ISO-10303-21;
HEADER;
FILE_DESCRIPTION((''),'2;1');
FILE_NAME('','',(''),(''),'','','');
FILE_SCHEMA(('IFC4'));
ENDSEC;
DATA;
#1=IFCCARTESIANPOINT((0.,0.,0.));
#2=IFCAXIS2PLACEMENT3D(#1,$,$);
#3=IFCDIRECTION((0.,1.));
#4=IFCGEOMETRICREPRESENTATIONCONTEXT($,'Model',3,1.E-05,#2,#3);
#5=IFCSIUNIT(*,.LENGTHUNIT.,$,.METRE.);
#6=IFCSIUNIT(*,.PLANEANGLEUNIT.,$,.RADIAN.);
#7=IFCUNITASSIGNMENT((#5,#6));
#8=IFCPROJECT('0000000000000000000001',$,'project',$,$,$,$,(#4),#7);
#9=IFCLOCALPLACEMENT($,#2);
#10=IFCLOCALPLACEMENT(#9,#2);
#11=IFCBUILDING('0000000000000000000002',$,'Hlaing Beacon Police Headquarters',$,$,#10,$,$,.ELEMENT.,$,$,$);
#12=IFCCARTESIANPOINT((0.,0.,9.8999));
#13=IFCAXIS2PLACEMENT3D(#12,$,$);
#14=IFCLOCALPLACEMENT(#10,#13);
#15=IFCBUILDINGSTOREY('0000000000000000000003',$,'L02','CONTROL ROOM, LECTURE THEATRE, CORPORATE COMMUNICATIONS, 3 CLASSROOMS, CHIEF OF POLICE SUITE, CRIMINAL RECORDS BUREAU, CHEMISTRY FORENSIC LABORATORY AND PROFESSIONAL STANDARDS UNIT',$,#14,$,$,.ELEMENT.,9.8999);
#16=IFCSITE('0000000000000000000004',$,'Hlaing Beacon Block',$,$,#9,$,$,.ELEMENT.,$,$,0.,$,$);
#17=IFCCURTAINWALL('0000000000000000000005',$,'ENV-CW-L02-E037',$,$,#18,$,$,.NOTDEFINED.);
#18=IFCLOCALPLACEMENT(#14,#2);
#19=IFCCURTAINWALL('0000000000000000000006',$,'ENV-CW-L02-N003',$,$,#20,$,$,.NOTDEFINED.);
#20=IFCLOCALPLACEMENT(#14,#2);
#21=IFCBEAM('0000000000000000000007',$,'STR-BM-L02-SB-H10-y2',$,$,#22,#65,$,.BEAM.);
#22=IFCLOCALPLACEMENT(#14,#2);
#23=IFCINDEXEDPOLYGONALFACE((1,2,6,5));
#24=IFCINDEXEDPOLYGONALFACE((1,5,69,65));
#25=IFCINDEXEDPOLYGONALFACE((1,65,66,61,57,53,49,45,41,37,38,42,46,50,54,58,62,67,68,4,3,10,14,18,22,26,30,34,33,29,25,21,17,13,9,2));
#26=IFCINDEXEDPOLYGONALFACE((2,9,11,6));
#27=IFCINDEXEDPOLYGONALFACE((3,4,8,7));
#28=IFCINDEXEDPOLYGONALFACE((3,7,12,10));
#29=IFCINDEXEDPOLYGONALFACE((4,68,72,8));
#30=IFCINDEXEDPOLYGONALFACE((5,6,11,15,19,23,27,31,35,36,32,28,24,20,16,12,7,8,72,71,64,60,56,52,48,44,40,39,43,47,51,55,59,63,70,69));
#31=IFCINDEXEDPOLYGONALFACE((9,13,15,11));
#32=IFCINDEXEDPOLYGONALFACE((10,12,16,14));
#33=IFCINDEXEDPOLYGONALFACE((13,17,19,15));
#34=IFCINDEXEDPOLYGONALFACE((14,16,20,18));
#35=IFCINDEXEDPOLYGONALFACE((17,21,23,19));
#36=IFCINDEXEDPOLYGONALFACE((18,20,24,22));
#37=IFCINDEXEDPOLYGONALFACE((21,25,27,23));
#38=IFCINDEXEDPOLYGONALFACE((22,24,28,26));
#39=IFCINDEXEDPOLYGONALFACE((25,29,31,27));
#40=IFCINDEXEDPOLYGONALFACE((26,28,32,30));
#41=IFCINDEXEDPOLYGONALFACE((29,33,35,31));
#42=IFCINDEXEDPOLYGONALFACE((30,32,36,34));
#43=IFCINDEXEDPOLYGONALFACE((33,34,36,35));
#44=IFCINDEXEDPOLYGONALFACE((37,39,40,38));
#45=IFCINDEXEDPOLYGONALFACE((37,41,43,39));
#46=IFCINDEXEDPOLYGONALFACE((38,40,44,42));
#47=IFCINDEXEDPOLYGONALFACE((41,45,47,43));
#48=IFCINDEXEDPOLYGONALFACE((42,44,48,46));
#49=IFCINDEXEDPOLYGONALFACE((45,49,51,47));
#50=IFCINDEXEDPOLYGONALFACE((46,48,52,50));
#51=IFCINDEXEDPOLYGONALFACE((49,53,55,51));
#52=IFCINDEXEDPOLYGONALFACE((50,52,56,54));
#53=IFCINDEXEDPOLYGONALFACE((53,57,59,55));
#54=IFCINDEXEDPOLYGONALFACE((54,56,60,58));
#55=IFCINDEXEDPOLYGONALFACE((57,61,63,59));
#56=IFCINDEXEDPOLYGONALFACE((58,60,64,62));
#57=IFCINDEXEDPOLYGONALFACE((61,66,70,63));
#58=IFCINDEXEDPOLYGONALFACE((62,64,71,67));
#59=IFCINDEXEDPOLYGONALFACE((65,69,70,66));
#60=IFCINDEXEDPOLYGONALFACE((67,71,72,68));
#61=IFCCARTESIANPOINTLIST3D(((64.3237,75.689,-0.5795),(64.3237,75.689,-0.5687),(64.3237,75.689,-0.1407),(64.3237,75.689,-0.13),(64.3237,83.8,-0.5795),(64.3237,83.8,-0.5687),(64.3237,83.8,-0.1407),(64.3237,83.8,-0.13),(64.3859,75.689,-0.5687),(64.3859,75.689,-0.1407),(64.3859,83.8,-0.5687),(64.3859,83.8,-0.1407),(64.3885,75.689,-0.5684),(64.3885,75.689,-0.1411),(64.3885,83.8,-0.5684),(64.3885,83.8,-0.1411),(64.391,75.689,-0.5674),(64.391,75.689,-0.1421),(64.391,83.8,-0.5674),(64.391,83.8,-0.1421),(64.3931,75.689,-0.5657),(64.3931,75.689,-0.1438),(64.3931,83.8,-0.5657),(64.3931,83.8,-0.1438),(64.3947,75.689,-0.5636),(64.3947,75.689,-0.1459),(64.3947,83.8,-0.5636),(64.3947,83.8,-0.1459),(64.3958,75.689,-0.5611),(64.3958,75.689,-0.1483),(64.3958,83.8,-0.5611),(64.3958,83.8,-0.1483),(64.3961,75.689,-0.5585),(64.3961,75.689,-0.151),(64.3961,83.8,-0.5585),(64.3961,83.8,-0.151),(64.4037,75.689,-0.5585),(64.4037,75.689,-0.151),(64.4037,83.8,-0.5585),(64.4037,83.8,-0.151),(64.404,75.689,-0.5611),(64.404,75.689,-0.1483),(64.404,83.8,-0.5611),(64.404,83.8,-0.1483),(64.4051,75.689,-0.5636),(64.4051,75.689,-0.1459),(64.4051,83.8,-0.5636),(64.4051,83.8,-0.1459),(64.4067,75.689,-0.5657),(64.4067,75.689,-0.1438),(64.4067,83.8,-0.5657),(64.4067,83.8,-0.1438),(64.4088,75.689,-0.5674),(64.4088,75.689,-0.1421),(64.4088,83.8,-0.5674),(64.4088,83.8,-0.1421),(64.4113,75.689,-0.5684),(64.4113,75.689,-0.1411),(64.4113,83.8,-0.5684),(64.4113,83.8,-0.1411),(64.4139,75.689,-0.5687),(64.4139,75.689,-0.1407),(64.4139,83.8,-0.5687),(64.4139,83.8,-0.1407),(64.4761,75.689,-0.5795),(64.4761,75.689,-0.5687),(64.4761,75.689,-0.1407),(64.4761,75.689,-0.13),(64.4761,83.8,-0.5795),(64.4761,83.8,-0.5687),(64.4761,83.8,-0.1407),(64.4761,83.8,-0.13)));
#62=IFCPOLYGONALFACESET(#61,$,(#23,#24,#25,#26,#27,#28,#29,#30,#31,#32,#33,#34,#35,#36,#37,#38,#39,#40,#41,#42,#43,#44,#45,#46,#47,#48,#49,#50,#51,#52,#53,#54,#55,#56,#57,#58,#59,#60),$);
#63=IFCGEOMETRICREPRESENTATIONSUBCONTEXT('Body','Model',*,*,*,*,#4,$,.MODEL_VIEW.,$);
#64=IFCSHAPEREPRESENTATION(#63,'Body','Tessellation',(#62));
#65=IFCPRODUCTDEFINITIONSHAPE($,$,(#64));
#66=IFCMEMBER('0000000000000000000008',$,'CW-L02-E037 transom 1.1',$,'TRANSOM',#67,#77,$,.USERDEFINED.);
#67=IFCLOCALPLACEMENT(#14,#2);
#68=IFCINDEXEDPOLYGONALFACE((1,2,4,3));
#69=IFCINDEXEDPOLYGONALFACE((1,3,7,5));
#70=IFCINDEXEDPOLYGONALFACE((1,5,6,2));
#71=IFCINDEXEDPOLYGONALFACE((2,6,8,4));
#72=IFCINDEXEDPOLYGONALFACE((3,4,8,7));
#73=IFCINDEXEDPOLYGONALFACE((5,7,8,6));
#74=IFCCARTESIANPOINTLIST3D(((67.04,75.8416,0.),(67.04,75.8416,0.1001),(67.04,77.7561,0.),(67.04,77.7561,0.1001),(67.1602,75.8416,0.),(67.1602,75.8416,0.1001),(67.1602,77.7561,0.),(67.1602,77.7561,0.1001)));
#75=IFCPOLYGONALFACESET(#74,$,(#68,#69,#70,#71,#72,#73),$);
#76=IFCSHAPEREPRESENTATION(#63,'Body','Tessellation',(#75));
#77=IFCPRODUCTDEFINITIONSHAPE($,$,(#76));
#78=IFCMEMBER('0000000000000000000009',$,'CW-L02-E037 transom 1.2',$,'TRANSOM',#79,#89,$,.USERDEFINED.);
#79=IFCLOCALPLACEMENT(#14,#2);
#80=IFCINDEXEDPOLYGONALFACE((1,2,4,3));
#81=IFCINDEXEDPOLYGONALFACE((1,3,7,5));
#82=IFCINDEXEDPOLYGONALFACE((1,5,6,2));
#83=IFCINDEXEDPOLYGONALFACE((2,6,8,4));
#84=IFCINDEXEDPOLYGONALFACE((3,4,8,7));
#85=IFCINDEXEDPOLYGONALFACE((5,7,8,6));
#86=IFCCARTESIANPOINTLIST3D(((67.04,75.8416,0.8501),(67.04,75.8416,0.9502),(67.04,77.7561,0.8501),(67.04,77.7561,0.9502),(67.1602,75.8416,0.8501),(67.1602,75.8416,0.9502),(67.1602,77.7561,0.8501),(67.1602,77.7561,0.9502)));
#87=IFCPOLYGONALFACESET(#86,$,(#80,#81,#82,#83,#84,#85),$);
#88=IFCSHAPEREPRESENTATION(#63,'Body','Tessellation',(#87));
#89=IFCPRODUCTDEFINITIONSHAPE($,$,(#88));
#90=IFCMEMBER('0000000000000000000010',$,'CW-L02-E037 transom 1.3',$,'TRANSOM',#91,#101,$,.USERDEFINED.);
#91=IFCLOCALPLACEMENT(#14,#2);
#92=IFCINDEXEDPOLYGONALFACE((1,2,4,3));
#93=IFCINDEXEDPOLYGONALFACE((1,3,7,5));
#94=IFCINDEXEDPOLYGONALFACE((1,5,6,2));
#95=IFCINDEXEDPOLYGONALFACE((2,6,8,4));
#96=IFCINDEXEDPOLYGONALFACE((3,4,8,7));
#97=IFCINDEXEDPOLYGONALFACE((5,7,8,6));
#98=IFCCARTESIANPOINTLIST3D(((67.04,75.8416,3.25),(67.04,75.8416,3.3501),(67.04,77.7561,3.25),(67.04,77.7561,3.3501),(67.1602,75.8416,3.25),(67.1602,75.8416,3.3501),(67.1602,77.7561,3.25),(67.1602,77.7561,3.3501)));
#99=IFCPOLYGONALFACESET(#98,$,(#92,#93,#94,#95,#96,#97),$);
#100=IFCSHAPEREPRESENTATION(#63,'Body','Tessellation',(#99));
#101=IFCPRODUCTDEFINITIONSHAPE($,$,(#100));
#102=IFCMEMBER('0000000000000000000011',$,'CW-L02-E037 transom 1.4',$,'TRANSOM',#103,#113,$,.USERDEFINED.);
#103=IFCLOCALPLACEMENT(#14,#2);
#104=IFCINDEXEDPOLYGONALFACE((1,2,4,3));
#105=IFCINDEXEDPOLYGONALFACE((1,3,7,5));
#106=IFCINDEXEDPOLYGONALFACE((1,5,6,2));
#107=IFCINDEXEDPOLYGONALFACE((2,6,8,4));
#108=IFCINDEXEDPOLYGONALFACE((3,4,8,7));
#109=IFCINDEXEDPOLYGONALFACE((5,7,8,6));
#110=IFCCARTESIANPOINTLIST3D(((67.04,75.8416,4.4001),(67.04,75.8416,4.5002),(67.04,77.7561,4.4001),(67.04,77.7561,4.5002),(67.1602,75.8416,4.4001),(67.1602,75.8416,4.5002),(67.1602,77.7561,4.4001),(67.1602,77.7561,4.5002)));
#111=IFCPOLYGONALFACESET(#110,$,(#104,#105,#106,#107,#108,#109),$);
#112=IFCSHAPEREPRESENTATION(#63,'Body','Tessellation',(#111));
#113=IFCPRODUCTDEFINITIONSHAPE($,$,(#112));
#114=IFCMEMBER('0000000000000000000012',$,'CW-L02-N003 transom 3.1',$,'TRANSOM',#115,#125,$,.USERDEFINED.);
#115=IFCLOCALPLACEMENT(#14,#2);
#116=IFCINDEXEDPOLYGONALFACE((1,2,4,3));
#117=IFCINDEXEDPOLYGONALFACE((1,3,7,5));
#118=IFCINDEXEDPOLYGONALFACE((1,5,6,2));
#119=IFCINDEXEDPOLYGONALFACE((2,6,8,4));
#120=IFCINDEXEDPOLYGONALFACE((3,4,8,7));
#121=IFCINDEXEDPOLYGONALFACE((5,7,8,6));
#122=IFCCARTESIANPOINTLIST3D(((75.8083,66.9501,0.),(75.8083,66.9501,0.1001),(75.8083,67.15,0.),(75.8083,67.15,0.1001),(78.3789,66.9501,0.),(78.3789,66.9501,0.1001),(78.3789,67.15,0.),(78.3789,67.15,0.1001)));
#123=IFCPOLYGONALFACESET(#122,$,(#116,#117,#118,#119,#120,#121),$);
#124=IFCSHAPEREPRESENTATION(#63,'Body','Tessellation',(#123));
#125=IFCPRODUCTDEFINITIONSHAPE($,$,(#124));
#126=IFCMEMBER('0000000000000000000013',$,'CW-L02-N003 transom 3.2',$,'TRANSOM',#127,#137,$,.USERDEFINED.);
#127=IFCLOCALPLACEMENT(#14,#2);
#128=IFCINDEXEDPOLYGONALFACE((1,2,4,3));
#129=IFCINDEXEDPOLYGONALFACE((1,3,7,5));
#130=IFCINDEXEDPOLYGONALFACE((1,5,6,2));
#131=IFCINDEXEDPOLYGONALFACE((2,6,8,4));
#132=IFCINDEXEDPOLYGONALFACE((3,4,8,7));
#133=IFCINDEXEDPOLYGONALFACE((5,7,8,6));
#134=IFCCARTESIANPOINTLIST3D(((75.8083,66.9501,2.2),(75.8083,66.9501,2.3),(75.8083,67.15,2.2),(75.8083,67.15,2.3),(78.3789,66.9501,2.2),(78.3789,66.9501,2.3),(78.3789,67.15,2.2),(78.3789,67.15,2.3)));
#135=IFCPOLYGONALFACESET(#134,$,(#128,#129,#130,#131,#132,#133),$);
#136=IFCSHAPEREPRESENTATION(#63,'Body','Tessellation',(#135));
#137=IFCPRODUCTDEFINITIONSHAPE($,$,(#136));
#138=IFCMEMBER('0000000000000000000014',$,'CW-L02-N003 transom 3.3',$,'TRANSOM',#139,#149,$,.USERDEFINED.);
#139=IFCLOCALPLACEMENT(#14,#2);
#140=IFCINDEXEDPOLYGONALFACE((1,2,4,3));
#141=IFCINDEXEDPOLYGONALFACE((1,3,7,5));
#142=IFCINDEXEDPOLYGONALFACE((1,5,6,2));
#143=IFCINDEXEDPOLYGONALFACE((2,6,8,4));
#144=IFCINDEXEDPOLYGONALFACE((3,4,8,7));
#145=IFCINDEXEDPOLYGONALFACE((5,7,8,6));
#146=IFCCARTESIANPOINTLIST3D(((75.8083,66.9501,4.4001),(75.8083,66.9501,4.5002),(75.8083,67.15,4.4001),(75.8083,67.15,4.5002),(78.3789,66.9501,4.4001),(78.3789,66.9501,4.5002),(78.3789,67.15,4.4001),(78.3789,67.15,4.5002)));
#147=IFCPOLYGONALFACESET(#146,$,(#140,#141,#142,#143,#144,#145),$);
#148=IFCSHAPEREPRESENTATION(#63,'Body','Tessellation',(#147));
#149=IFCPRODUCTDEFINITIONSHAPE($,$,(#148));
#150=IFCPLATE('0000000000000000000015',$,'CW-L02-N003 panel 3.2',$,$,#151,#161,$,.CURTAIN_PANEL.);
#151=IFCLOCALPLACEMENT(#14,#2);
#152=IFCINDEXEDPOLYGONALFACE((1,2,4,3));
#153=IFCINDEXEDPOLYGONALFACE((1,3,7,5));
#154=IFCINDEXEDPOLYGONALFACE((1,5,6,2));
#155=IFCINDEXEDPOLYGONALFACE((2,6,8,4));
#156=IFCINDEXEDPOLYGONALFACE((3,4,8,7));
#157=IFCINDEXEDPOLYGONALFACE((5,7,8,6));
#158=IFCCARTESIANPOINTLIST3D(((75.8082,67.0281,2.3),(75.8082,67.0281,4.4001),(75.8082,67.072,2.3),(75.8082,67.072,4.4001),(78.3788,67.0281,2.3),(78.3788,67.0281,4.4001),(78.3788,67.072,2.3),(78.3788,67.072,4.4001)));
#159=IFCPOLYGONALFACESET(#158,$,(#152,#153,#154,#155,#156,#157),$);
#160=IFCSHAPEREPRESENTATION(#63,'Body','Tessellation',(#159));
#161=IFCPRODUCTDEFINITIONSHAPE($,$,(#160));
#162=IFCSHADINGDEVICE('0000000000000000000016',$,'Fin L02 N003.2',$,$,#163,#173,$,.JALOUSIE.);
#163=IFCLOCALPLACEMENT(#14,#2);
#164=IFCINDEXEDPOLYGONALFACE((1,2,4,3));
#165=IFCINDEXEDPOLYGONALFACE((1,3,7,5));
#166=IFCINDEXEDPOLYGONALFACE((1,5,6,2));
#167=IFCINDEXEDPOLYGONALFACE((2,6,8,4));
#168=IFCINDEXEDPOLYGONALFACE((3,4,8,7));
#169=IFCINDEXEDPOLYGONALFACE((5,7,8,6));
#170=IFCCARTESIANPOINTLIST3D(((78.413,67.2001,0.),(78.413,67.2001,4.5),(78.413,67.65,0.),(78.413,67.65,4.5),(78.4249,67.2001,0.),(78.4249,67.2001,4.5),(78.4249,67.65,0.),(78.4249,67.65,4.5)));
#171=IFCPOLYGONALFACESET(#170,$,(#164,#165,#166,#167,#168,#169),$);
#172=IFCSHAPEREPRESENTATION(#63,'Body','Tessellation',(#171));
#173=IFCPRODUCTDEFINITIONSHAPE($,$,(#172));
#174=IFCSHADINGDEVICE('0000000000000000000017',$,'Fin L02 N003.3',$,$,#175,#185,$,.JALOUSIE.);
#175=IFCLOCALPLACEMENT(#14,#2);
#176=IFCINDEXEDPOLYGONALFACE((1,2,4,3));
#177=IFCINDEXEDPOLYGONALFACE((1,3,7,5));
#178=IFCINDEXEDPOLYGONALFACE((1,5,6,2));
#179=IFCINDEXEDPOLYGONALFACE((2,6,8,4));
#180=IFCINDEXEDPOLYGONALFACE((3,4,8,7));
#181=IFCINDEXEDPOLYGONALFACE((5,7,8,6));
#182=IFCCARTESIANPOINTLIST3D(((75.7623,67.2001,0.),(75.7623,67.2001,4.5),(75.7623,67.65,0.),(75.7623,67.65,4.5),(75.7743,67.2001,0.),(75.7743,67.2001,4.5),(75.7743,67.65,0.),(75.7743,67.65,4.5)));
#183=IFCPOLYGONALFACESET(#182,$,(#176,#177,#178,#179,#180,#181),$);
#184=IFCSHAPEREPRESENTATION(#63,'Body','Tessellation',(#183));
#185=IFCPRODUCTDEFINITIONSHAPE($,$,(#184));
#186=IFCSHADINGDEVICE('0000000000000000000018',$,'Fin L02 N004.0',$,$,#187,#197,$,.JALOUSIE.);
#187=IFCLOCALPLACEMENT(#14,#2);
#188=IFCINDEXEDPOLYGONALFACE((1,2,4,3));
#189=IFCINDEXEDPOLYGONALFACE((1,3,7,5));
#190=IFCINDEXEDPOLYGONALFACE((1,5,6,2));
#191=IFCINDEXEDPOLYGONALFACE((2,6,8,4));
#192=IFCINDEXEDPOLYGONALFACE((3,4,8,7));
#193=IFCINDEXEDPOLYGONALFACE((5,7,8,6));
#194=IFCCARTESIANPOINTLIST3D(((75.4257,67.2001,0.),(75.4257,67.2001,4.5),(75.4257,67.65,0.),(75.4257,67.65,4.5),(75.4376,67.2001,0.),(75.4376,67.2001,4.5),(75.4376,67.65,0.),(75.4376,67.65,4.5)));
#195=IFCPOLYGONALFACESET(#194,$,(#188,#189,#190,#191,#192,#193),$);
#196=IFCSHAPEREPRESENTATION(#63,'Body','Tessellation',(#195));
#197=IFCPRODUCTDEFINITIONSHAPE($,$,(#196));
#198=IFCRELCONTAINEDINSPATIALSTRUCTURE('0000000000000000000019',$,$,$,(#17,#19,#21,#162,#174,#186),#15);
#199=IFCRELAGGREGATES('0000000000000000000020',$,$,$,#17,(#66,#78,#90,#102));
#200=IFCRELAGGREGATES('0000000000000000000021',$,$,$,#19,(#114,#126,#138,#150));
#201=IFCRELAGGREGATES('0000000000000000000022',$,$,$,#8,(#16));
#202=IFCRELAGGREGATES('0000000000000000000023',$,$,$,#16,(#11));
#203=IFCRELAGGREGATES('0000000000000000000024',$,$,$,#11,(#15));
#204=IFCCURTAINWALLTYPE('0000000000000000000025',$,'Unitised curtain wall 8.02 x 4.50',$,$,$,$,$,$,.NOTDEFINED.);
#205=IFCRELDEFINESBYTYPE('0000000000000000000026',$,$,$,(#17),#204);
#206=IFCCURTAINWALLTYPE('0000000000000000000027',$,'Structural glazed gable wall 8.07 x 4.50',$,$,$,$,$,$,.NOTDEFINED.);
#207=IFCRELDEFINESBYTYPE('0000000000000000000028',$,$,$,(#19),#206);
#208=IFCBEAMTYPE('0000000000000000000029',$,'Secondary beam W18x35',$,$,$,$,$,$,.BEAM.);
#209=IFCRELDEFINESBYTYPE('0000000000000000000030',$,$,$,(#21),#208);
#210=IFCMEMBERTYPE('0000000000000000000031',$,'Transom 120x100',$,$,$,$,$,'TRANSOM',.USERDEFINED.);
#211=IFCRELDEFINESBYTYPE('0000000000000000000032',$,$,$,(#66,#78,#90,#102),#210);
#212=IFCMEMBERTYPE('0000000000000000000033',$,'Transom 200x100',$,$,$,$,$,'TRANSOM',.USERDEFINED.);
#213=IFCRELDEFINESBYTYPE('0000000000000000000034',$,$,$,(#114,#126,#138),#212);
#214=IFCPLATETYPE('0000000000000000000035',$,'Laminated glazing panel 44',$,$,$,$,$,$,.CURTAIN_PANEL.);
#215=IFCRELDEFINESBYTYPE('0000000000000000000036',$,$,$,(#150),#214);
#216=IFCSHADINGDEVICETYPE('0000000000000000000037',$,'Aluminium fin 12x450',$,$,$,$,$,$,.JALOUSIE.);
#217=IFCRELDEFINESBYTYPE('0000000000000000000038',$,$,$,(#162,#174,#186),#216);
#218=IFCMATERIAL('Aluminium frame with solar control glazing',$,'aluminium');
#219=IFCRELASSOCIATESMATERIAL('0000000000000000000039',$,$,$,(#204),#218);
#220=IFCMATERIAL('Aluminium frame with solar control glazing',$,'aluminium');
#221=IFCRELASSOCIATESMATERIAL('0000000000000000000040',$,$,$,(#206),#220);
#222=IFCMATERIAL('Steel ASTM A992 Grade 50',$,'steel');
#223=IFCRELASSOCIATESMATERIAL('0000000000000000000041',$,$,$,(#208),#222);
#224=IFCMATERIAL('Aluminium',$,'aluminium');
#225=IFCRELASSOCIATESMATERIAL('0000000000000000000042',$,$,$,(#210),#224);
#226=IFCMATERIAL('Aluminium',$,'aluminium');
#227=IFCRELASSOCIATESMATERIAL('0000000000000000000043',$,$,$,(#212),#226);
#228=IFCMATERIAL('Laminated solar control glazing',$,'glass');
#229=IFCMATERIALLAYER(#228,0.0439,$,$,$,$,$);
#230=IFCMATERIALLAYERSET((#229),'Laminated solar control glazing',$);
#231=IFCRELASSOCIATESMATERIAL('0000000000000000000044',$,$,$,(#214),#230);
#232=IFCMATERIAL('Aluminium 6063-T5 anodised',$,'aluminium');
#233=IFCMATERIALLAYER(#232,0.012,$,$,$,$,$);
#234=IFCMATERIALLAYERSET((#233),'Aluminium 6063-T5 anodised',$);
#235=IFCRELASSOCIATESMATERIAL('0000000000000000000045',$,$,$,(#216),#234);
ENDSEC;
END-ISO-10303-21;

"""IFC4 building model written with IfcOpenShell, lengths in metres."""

from ifc_helpers import new_model, si_unit, direction, frame, origin, origin_2d, place, context, subcontext, project, spatial, rectangle, i_section, extrude, material, layer, layer_set, material_profile, profile_set, type_object, element, aggregate, save


model = new_model("IFC4")

# Units and contexts
model_context = context("Model", 3, precision=1e-05, world=origin(), true_north=direction((0.0, 1.0)))
body_context = subcontext(model_context, "Body", "Model", "MODEL_VIEW")
ifc_project = project(units=[si_unit("LENGTHUNIT", "METRE"), si_unit("PLANEANGLEUNIT", "RADIAN")], contexts=[model_context])

# Site, building, storey
site_placement = place(None, origin())
site = spatial("IfcSite", under=ifc_project, at=site_placement, Name="Hlaing Beacon Block", CompositionType="ELEMENT", RefElevation=0.0)
building_placement = place(site_placement, origin())
building = spatial("IfcBuilding", under=site, at=building_placement, Name="Hlaing Beacon Police Headquarters", CompositionType="ELEMENT")
storey_placement = place(building_placement, frame((0.0, 0.0, 9.8999)))
storey = spatial("IfcBuildingStorey", under=building, at=storey_placement, Name="L02", Description="CONTROL ROOM, LECTURE THEATRE, CORPORATE COMMUNICATIONS, 3 CLASSROOMS, CHIEF OF POLICE SUITE, CRIMINAL RECORDS BUREAU, CHEMISTRY FORENSIC LABORATORY AND PROFESSIONAL STANDARDS UNIT", CompositionType="ELEMENT", Elevation=9.8999)

# Curtain walls
ifc_material_1 = material(Name="Aluminium frame with solar control glazing", Category="aluminium")
curtain_wall_type_1 = type_object("IfcCurtainWallType", Name="Unitised curtain wall 8.02 x 4.50", PredefinedType="NOTDEFINED", material=ifc_material_1)
curtain_wall_1_placement = place(storey_placement, origin())
curtain_wall_1 = element("IfcCurtainWall", 1, at=curtain_wall_1_placement, inside=storey, type_object=curtain_wall_type_1, Name="ENV-CW-L02-E037", PredefinedType="NOTDEFINED")
ifc_material_2 = material(Name="Aluminium frame with solar control glazing", Category="aluminium")
curtain_wall_type_2 = type_object("IfcCurtainWallType", Name="Structural glazed gable wall 8.07 x 4.50", PredefinedType="NOTDEFINED", material=ifc_material_2)
curtain_wall_2_placement = place(storey_placement, origin())
curtain_wall_2 = element("IfcCurtainWall", 2, at=curtain_wall_2_placement, inside=storey, type_object=curtain_wall_type_2, Name="ENV-CW-L02-N003", PredefinedType="NOTDEFINED")

# Beam
ifc_material_3 = material(Name="Steel ASTM A992 Grade 50", Category="steel")
ifc_material_profile_1 = material_profile(ifc_material_3, i_section(OverallWidth=0.1523, OverallDepth=0.4495, WebThickness=0.0076, FlangeThickness=0.0107, FilletRadius=0.0103, at=origin_2d()), Name="W18x35")
ifc_profile_set_1 = profile_set([ifc_material_profile_1], Name="Steel ASTM A992 Grade 50")
beam_type = type_object("IfcBeamType", Name="Secondary beam W18x35", PredefinedType="BEAM", material=ifc_profile_set_1)
beam_placement = place(storey_placement, frame((64.3999, 75.689, -0.3547), z_axis=(0.0, 1.0, 0.0), x_axis=(-1.0, 0.0, 0.0)))
element("IfcBeam", 3, at=beam_placement, inside=storey, type_object=beam_type, Name="STR-BM-L02-SB-H10-y2", PredefinedType="BEAM", context=body_context, shape_type="SweptSolid", body=[
    extrude(i_section(OverallWidth=0.1523, OverallDepth=0.4495, WebThickness=0.0076, FlangeThickness=0.0107, FilletRadius=0.0103, at=origin_2d()), origin(), (0.0, 0.0, 1.0), 8.1111),
])

# Members
ifc_material_4 = material(Name="Aluminium", Category="aluminium")
ifc_material_profile_2 = material_profile(ifc_material_4, rectangle(XDim=0.1201, YDim=0.1001, at=origin_2d()), Name="Transom 120x100")
ifc_profile_set_2 = profile_set([ifc_material_profile_2], Name="Aluminium")
member_type_1 = type_object("IfcMemberType", Name="Transom 120x100", ElementType="TRANSOM", PredefinedType="USERDEFINED", material=ifc_profile_set_2)
member_1_placement = place(storey_placement, frame((67.1001, 75.8416, 0.05), z_axis=(0.0, 1.0, 0.0), x_axis=(-1.0, 0.0, 0.0)))
member_1 = element("IfcMember", 4, at=member_1_placement, type_object=member_type_1, Name="CW-L02-E037 transom 1.1", ObjectType="TRANSOM", PredefinedType="USERDEFINED", context=body_context, shape_type="SweptSolid", body=[
    extrude(rectangle(XDim=0.1201, YDim=0.1001, at=origin_2d()), origin(), (0.0, 0.0, 1.0), 1.9146),
])
member_2_placement = place(storey_placement, frame((67.1001, 75.8416, 0.9001), z_axis=(0.0, 1.0, 0.0), x_axis=(-1.0, 0.0, 0.0)))
member_2 = element("IfcMember", 5, at=member_2_placement, type_object=member_type_1, Name="CW-L02-E037 transom 1.2", ObjectType="TRANSOM", PredefinedType="USERDEFINED", context=body_context, shape_type="SweptSolid", body=[
    extrude(rectangle(XDim=0.1201, YDim=0.1001, at=origin_2d()), origin(), (0.0, 0.0, 1.0), 1.9146),
])
member_3_placement = place(storey_placement, frame((67.1001, 75.8416, 3.3), z_axis=(0.0, 1.0, 0.0), x_axis=(-1.0, 0.0, 0.0)))
member_3 = element("IfcMember", 6, at=member_3_placement, type_object=member_type_1, Name="CW-L02-E037 transom 1.3", ObjectType="TRANSOM", PredefinedType="USERDEFINED", context=body_context, shape_type="SweptSolid", body=[
    extrude(rectangle(XDim=0.1201, YDim=0.1001, at=origin_2d()), origin(), (0.0, 0.0, 1.0), 1.9146),
])
member_4_placement = place(storey_placement, frame((67.1001, 75.8416, 4.4502), z_axis=(0.0, 1.0, 0.0), x_axis=(-1.0, 0.0, 0.0)))
member_4 = element("IfcMember", 7, at=member_4_placement, type_object=member_type_1, Name="CW-L02-E037 transom 1.4", ObjectType="TRANSOM", PredefinedType="USERDEFINED", context=body_context, shape_type="SweptSolid", body=[
    extrude(rectangle(XDim=0.1201, YDim=0.1001, at=origin_2d()), origin(), (0.0, 0.0, 1.0), 1.9146),
])
aggregate(curtain_wall_1, [member_1, member_2, member_3, member_4])
ifc_material_5 = material(Name="Aluminium", Category="aluminium")
ifc_material_profile_3 = material_profile(ifc_material_5, rectangle(XDim=0.2, YDim=0.1001, at=origin_2d()), Name="Transom 200x100")
ifc_profile_set_3 = profile_set([ifc_material_profile_3], Name="Aluminium")
member_type_2 = type_object("IfcMemberType", Name="Transom 200x100", ElementType="TRANSOM", PredefinedType="USERDEFINED", material=ifc_profile_set_3)
member_5_placement = place(storey_placement, frame((78.3789, 67.05, 0.05), z_axis=(-1.0, 0.0, 0.0), x_axis=(0.0, -1.0, 0.0)))
member_5 = element("IfcMember", 8, at=member_5_placement, type_object=member_type_2, Name="CW-L02-N003 transom 3.1", ObjectType="TRANSOM", PredefinedType="USERDEFINED", context=body_context, shape_type="SweptSolid", body=[
    extrude(rectangle(XDim=0.2, YDim=0.1001, at=origin_2d()), origin(), (0.0, 0.0, 1.0), 2.5706),
])
member_6_placement = place(storey_placement, frame((78.3789, 67.05, 2.25), z_axis=(-1.0, 0.0, 0.0), x_axis=(0.0, -1.0, 0.0)))
member_6 = element("IfcMember", 9, at=member_6_placement, type_object=member_type_2, Name="CW-L02-N003 transom 3.2", ObjectType="TRANSOM", PredefinedType="USERDEFINED", context=body_context, shape_type="SweptSolid", body=[
    extrude(rectangle(XDim=0.2, YDim=0.1001, at=origin_2d()), origin(), (0.0, 0.0, 1.0), 2.5706),
])
member_7_placement = place(storey_placement, frame((78.3789, 67.05, 4.4502), z_axis=(-1.0, 0.0, 0.0), x_axis=(0.0, -1.0, 0.0)))
member_7 = element("IfcMember", 10, at=member_7_placement, type_object=member_type_2, Name="CW-L02-N003 transom 3.3", ObjectType="TRANSOM", PredefinedType="USERDEFINED", context=body_context, shape_type="SweptSolid", body=[
    extrude(rectangle(XDim=0.2, YDim=0.1001, at=origin_2d()), origin(), (0.0, 0.0, 1.0), 2.5706),
])

# Plate
ifc_material_6 = material(Name="Laminated solar control glazing", Category="glass")
ifc_layer_1 = layer(ifc_material_6, 0.0439)
ifc_layer_set_1 = layer_set([ifc_layer_1], Name="Laminated solar control glazing")
plate_type = type_object("IfcPlateType", Name="Laminated glazing panel 44", PredefinedType="CURTAIN_PANEL", material=ifc_layer_set_1)
plate_placement = place(storey_placement, frame((77.0935, 67.05, 2.3), z_axis=(0.0, 0.0, 1.0), x_axis=(-1.0, 0.0, 0.0)))
plate = element("IfcPlate", 11, at=plate_placement, type_object=plate_type, Name="CW-L02-N003 panel 3.2", PredefinedType="CURTAIN_PANEL", context=body_context, shape_type="SweptSolid", body=[
    extrude(rectangle(XDim=2.5706, YDim=0.0439, at=origin_2d()), origin(), (0.0, 0.0, 1.0), 2.1001),
])
aggregate(curtain_wall_2, [member_5, member_6, member_7, plate])

# Shading devices
ifc_material_7 = material(Name="Aluminium 6063-T5 anodised", Category="aluminium")
ifc_layer_2 = layer(ifc_material_7, 0.012)
ifc_layer_set_2 = layer_set([ifc_layer_2], Name="Aluminium 6063-T5 anodised")
shading_device_type_1 = type_object("IfcShadingDeviceType", Name="Aluminium fin 12x450", PredefinedType="JALOUSIE", material=ifc_layer_set_2)
for number, where, z_axis, x_axis, name in (
    (12, (78.4189, 67.425, 0.0), (0.0, 0.0, 1.0), (-1.0, 0.0, 0.0), "Fin L02 N003.2"),
    (13, (75.7683, 67.425, 0.0), (0.0, 0.0, 1.0), (-1.0, 0.0, 0.0), "Fin L02 N003.3"),
    (14, (75.4316, 67.425, 0.0), (0.0, 0.0, 1.0), (-1.0, 0.0, 0.0), "Fin L02 N004.0"),
):
    element("IfcShadingDevice", number, at=place(storey_placement, frame(where, z_axis=z_axis, x_axis=x_axis)), inside=storey, type_object=shading_device_type_1, Name=name, PredefinedType="JALOUSIE", context=body_context, shape_type="SweptSolid", body=[
        extrude(rectangle(XDim=0.012, YDim=0.45, at=origin_2d()), origin(), (0.0, 0.0, 1.0), 4.5),
    ])

save(model, "model.ifc")
